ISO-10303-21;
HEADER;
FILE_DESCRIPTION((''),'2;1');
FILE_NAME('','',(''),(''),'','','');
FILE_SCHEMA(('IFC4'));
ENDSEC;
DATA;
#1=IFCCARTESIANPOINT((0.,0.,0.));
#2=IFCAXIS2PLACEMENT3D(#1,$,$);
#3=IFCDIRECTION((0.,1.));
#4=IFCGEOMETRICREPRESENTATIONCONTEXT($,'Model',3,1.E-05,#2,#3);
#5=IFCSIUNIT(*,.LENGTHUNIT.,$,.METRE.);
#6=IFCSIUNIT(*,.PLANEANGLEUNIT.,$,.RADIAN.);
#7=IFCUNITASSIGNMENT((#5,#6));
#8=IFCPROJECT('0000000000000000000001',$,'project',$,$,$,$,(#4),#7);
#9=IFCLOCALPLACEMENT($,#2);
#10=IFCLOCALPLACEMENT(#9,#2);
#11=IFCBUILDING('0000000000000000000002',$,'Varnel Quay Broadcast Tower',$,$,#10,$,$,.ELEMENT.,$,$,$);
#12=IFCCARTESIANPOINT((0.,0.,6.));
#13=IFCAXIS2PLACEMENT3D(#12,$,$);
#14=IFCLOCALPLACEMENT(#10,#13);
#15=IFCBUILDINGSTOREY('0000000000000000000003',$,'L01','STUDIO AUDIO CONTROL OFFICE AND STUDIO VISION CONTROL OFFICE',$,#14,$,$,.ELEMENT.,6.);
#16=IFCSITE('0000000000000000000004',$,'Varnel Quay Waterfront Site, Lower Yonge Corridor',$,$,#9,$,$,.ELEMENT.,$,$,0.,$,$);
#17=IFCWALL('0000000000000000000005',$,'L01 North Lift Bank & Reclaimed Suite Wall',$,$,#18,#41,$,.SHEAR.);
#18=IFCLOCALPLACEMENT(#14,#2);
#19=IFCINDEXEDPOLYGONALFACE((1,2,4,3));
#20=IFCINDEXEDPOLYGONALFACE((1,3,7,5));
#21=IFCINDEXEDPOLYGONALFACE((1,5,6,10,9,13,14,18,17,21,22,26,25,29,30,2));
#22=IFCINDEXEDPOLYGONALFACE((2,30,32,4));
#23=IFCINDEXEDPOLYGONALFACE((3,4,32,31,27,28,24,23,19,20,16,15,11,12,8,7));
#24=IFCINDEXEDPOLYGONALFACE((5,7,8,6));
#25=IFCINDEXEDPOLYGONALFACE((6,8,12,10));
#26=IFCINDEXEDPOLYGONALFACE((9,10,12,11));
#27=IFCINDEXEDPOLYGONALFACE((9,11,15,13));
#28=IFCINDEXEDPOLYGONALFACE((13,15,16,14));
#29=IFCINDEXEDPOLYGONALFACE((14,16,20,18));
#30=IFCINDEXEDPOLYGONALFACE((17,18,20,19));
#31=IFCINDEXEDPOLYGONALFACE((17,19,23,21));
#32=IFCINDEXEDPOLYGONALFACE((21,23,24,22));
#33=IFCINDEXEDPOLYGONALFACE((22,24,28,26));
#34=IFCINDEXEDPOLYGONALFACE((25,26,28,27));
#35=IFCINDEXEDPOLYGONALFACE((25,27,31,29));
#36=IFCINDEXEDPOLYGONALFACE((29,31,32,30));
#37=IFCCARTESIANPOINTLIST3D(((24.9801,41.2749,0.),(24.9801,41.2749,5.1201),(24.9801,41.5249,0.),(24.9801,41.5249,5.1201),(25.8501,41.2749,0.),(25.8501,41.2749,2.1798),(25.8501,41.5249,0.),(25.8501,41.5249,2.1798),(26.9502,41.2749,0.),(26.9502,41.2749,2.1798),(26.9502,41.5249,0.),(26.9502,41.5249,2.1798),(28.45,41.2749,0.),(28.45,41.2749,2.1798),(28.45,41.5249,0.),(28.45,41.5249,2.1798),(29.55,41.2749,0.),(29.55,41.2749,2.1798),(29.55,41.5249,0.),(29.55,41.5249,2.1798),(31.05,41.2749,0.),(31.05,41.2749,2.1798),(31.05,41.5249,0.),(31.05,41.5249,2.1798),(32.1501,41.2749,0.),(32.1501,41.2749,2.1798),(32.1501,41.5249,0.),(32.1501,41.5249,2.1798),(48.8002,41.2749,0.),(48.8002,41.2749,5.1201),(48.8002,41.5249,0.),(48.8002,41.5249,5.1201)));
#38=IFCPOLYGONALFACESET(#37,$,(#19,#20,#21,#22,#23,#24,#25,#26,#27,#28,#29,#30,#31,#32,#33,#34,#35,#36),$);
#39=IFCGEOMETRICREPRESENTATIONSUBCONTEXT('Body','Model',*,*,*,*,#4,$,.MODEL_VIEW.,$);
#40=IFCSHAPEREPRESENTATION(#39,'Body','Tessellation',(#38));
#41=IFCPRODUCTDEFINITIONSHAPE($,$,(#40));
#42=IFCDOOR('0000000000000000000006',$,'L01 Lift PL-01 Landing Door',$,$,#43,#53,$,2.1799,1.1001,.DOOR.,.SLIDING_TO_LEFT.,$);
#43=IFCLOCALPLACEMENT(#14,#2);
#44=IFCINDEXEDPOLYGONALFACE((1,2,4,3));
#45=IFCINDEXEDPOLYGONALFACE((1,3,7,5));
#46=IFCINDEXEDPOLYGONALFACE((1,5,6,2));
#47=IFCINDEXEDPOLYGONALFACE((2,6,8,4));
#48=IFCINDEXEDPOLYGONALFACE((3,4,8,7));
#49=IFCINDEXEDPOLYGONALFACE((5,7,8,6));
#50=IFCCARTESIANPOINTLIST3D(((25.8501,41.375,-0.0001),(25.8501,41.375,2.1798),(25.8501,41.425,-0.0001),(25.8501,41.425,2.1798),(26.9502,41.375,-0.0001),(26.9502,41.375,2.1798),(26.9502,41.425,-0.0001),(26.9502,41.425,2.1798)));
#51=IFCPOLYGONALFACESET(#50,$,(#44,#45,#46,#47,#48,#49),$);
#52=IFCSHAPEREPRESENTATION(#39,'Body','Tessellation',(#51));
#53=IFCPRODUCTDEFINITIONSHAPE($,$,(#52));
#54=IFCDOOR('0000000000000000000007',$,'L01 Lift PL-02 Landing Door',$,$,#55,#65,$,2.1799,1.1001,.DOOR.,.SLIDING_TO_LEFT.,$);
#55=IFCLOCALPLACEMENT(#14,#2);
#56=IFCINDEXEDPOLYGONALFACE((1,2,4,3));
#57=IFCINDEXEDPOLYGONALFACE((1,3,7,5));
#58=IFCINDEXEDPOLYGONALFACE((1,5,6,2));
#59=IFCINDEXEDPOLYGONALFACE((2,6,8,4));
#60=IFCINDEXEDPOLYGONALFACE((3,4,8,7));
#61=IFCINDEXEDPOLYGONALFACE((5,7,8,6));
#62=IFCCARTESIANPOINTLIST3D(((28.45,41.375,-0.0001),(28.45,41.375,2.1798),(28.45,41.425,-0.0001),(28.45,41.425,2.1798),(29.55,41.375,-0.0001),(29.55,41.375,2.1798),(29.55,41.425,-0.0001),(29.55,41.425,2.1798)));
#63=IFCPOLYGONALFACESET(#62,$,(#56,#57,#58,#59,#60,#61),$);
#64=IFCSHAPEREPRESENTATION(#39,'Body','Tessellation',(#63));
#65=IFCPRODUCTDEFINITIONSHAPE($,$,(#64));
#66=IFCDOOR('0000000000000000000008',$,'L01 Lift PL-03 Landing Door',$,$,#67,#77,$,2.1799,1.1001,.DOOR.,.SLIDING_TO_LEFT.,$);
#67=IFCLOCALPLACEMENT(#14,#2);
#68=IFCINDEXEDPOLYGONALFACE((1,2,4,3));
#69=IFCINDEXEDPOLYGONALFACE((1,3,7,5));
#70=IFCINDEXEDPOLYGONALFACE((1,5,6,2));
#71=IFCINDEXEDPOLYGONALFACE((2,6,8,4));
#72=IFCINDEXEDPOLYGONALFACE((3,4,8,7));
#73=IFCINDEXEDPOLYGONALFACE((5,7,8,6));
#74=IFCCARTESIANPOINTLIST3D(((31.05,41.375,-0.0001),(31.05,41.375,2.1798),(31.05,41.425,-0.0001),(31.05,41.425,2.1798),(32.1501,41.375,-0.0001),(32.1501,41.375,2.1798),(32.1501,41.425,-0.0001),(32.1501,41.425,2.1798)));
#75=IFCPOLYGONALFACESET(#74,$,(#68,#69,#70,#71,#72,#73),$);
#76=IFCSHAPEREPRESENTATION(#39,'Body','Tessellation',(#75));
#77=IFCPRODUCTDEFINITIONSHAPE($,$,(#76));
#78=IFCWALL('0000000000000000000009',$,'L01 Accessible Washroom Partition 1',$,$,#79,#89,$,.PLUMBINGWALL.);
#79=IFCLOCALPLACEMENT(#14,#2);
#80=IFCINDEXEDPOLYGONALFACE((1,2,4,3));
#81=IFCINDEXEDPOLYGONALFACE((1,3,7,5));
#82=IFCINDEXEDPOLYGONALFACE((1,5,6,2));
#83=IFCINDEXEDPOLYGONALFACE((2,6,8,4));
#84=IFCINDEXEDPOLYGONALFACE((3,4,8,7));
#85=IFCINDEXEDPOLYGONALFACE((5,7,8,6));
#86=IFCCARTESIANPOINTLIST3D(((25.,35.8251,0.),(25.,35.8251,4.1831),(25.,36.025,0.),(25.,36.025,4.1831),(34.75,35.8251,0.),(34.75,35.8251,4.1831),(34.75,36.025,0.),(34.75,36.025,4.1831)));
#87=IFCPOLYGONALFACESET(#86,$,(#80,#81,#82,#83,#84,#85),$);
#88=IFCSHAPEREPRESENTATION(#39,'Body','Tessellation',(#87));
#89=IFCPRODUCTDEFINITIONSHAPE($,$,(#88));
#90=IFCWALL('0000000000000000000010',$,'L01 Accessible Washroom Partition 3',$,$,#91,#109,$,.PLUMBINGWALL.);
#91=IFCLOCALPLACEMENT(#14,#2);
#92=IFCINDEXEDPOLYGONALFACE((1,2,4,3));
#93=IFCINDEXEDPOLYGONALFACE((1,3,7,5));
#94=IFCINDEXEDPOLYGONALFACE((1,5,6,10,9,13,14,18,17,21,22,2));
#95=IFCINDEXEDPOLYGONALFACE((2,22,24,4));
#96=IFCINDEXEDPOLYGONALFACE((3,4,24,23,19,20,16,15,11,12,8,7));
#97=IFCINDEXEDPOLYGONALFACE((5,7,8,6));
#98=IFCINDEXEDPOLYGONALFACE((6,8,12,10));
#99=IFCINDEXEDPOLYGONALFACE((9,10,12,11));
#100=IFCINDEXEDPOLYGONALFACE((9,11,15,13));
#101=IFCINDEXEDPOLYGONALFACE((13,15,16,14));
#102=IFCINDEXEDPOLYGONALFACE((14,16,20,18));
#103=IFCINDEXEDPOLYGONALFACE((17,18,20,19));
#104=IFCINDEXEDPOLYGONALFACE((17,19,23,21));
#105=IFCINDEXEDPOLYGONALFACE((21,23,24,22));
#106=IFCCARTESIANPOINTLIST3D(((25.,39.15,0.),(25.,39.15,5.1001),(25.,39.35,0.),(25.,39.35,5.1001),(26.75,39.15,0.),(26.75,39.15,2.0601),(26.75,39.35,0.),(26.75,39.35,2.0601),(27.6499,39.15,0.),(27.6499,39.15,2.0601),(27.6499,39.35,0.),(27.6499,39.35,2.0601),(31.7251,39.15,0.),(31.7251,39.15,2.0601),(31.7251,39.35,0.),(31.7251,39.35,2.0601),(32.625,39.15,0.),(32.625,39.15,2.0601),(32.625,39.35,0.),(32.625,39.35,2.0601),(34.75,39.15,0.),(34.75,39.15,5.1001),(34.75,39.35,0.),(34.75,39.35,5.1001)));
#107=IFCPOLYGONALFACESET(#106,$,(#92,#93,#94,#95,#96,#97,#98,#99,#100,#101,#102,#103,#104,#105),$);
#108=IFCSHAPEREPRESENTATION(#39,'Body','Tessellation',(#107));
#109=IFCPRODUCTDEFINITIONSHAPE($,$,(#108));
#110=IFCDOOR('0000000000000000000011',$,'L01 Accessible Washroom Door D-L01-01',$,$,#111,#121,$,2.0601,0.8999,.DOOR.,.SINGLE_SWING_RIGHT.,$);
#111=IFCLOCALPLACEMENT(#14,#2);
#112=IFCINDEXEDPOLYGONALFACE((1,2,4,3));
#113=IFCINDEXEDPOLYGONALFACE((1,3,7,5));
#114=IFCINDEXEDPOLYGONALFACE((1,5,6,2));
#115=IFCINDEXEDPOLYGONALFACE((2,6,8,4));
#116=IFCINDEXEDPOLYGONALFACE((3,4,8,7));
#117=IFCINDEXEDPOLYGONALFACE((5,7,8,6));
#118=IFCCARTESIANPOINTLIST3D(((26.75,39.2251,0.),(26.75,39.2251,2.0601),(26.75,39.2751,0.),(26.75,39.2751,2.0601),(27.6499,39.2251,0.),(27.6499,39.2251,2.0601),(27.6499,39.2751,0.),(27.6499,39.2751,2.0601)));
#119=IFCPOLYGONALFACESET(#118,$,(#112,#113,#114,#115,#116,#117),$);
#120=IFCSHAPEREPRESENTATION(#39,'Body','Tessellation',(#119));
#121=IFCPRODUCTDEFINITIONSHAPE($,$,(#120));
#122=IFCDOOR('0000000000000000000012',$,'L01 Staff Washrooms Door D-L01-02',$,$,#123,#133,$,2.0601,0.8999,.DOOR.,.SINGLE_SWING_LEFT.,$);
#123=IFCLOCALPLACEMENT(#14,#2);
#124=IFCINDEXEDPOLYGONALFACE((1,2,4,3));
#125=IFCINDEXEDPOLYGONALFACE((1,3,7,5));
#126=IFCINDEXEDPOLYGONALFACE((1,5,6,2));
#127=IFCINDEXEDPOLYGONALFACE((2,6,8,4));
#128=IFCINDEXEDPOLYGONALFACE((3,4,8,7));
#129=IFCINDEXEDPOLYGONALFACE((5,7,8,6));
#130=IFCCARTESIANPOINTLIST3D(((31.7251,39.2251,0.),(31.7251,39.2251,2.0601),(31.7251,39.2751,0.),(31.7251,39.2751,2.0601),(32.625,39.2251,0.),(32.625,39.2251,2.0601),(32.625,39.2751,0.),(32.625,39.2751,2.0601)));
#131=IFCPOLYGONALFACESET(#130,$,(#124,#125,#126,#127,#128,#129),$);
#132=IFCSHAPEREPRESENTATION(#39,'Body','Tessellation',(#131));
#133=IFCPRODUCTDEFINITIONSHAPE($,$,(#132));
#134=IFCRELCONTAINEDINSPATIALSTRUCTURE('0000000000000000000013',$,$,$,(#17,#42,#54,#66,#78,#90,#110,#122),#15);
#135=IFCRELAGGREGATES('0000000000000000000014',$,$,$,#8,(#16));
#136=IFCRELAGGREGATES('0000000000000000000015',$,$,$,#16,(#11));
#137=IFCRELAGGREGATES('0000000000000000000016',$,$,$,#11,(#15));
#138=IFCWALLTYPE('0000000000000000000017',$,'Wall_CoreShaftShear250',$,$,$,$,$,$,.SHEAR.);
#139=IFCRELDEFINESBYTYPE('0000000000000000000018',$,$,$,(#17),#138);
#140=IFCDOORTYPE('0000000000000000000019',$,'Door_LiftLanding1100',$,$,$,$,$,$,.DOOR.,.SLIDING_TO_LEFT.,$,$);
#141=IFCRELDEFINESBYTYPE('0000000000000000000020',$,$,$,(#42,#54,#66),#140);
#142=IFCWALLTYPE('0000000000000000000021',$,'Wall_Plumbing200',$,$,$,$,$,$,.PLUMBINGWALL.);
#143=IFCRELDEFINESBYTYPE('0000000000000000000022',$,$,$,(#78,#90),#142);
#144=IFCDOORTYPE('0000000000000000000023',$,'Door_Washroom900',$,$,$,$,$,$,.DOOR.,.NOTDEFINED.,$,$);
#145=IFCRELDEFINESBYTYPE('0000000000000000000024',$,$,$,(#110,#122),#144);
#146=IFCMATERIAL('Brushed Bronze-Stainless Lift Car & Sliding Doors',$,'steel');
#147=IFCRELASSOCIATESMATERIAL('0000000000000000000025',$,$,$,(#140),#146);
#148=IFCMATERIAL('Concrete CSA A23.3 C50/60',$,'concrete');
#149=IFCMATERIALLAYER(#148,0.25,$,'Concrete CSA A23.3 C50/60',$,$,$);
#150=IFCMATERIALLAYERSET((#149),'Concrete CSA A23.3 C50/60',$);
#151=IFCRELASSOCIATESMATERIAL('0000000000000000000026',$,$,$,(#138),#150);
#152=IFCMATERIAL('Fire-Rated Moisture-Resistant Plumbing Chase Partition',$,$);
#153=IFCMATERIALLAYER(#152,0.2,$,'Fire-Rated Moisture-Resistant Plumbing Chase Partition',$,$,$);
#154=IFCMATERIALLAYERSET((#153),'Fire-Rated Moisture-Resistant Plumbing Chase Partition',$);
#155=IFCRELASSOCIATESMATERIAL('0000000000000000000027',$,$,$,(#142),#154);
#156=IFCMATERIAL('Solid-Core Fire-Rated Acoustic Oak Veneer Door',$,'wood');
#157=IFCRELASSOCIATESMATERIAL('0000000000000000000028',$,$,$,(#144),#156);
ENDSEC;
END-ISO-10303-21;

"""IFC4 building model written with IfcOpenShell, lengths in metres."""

from ifc_helpers import new_model, si_unit, direction, frame, frame_2d, origin, place, context, subcontext, project, spatial, rectangle, extrude, source, transform, mapped, material, layer, layer_set, type_object, type_shapes, element, fill, save


model = new_model("IFC4")

# Units and contexts
model_context = context("Model", 3, precision=1e-05, world=origin(), true_north=direction((0.0, 1.0)))
body_context = subcontext(model_context, "Body", "Model", "MODEL_VIEW")
ifc_project = project(units=[si_unit("LENGTHUNIT", "METRE"), si_unit("PLANEANGLEUNIT", "RADIAN")], contexts=[model_context])

# Site, building, storey
site_placement = place(None, origin())
site = spatial("IfcSite", under=ifc_project, at=site_placement, Name="Varnel Quay Waterfront Site, Lower Yonge Corridor", CompositionType="ELEMENT", RefElevation=0.0)
building_placement = place(site_placement, origin())
building = spatial("IfcBuilding", under=site, at=building_placement, Name="Varnel Quay Broadcast Tower", CompositionType="ELEMENT")
storey_placement = place(building_placement, frame((0.0, 0.0, 6.0)))
storey = spatial("IfcBuildingStorey", under=building, at=storey_placement, Name="L01", Description="STUDIO AUDIO CONTROL OFFICE AND STUDIO VISION CONTROL OFFICE", CompositionType="ELEMENT", Elevation=6.0)

# Shared definitions
ifc_material_1 = material(Name="Concrete CSA A23.3 C50/60", Category="concrete")
ifc_material_2 = material(Name="Brushed Bronze-Stainless Lift Car & Sliding Doors", Category="steel")
door_type_1 = type_object("IfcDoorType", Name="Door_LiftLanding1100", OperationType="SLIDING_TO_LEFT", PredefinedType="DOOR", material=ifc_material_2)
shared_shape_1 = source(origin(), body_context, "Body", "SweptSolid", [
    extrude(rectangle(XDim=1.1001, YDim=2.1799, at=frame_2d((0.55, 1.0898))), frame((0.0, 0.0249, 0.0), z_axis=(0.0, -1.0, 0.0), x_axis=(1.0, 0.0, 0.0)), (0.0, 0.0, 1.0), 0.05),
])
type_shapes(door_type_1, [shared_shape_1])

# Shared definitions
ifc_layer_1 = layer(ifc_material_1, 0.25, Name="Concrete CSA A23.3 C50/60")
ifc_layer_set_1 = layer_set([ifc_layer_1], Name="Concrete CSA A23.3 C50/60")
wall_type_1 = type_object("IfcWallType", Name="Wall_CoreShaftShear250", PredefinedType="SHEAR", material=ifc_layer_set_1)

# Wall, openings, doors
wall_1_placement = place(storey_placement, frame((24.98, 41.3999, 0.0), z_axis=(0.0, 0.0, 1.0), x_axis=(1.0, 0.0, 0.0)))
wall_1 = element("IfcWall", 1, at=wall_1_placement, inside=storey, type_object=wall_type_1, Name="L01 North Lift Bank & Reclaimed Suite Wall", PredefinedType="SHEAR", context=body_context, shape_type="SweptSolid", body=[
    extrude(rectangle(XDim=23.8201, YDim=0.25, at=frame_2d((11.9102, 0.0))), origin(), (0.0, 0.0, 1.0), 5.1201),
])
opening_1_placement = place(wall_1_placement, frame((0.8701, 0.0, 0.0)))
opening_1 = element("IfcOpeningElement", 2, at=opening_1_placement, cuts=wall_1, PredefinedType="OPENING", context=body_context, shape_type="SweptSolid", body=[
    extrude(rectangle(XDim=1.1001, YDim=2.1799, at=frame_2d((0.55, 1.0898))), frame((0.0, 0.135, 0.0), z_axis=(0.0, -1.0, 0.0), x_axis=(1.0, 0.0, 0.0)), (0.0, 0.0, 1.0), 0.27),
])
opening_2_placement = place(wall_1_placement, frame((3.47, 0.0, 0.0)))
opening_2 = element("IfcOpeningElement", 3, at=opening_2_placement, cuts=wall_1, PredefinedType="OPENING", context=body_context, shape_type="SweptSolid", body=[
    extrude(rectangle(XDim=1.1001, YDim=2.1799, at=frame_2d((0.55, 1.0898))), frame((0.0, 0.135, 0.0), z_axis=(0.0, -1.0, 0.0), x_axis=(1.0, 0.0, 0.0)), (0.0, 0.0, 1.0), 0.27),
])
opening_3_placement = place(wall_1_placement, frame((6.0701, 0.0, 0.0)))
opening_3 = element("IfcOpeningElement", 4, at=opening_3_placement, cuts=wall_1, PredefinedType="OPENING", context=body_context, shape_type="SweptSolid", body=[
    extrude(rectangle(XDim=1.1001, YDim=2.1799, at=frame_2d((0.55, 1.0898))), frame((0.0, 0.135, 0.0), z_axis=(0.0, -1.0, 0.0), x_axis=(1.0, 0.0, 0.0)), (0.0, 0.0, 1.0), 0.27),
])
door_1_placement = place(opening_1_placement, frame((1.1001, 0.0, 0.0), z_axis=(0.0, 0.0, 1.0), x_axis=(-1.0, 0.0, 0.0)))
door_1 = element("IfcDoor", 5, at=door_1_placement, inside=storey, type_object=door_type_1, Name="L01 Lift PL-01 Landing Door", OperationType="SLIDING_TO_LEFT", OverallHeight=2.1799, OverallWidth=1.1001, PredefinedType="DOOR", context=body_context, shape_type="MappedRepresentation", body=[
    mapped(shared_shape_1, transform((0.0, 0.0, 0.0), x_axis=(1.0, 0.0, 0.0), y_axis=(0.0, 1.0, 0.0), z_axis=(0.0, 0.0, 1.0), scale=1.0)),
])
fill(opening_1, door_1)
door_2_placement = place(opening_2_placement, frame((1.1001, 0.0, 0.0), z_axis=(0.0, 0.0, 1.0), x_axis=(-1.0, 0.0, 0.0)))
door_2 = element("IfcDoor", 6, at=door_2_placement, inside=storey, type_object=door_type_1, Name="L01 Lift PL-02 Landing Door", OperationType="SLIDING_TO_LEFT", OverallHeight=2.1799, OverallWidth=1.1001, PredefinedType="DOOR", context=body_context, shape_type="MappedRepresentation", body=[
    mapped(shared_shape_1, transform((0.0, 0.0, 0.0), x_axis=(1.0, 0.0, 0.0), y_axis=(0.0, 1.0, 0.0), z_axis=(0.0, 0.0, 1.0), scale=1.0)),
])
fill(opening_2, door_2)
door_3_placement = place(opening_3_placement, frame((1.1001, 0.0, 0.0), z_axis=(0.0, 0.0, 1.0), x_axis=(-1.0, 0.0, 0.0)))
door_3 = element("IfcDoor", 7, at=door_3_placement, inside=storey, type_object=door_type_1, Name="L01 Lift PL-03 Landing Door", OperationType="SLIDING_TO_LEFT", OverallHeight=2.1799, OverallWidth=1.1001, PredefinedType="DOOR", context=body_context, shape_type="MappedRepresentation", body=[
    mapped(shared_shape_1, transform((0.0, 0.0, 0.0), x_axis=(1.0, 0.0, 0.0), y_axis=(0.0, 1.0, 0.0), z_axis=(0.0, 0.0, 1.0), scale=1.0)),
])
fill(opening_3, door_3)

# Wall
ifc_material_3 = material(Name="Fire-Rated Moisture-Resistant Plumbing Chase Partition")
ifc_layer_2 = layer(ifc_material_3, 0.2, Name="Fire-Rated Moisture-Resistant Plumbing Chase Partition")
ifc_layer_set_2 = layer_set([ifc_layer_2], Name="Fire-Rated Moisture-Resistant Plumbing Chase Partition")
wall_type_2 = type_object("IfcWallType", Name="Wall_Plumbing200", PredefinedType="PLUMBINGWALL", material=ifc_layer_set_2)
wall_2_placement = place(storey_placement, frame((25.0, 35.925, 0.0), z_axis=(0.0, 0.0, 1.0), x_axis=(1.0, 0.0, 0.0)))
element("IfcWall", 8, at=wall_2_placement, inside=storey, type_object=wall_type_2, Name="L01 Accessible Washroom Partition 1", PredefinedType="PLUMBINGWALL", context=body_context, shape_type="SweptSolid", body=[
    extrude(rectangle(XDim=9.75, YDim=0.2, at=frame_2d((4.875, 0.0))), origin(), (0.0, 0.0, 1.0), 4.1831),
])

# Wall, openings, doors
wall_3_placement = place(storey_placement, frame((25.0, 39.25, 0.0), z_axis=(0.0, 0.0, 1.0), x_axis=(1.0, 0.0, 0.0)))
wall_3 = element("IfcWall", 9, at=wall_3_placement, inside=storey, type_object=wall_type_2, Name="L01 Accessible Washroom Partition 3", PredefinedType="PLUMBINGWALL", context=body_context, shape_type="SweptSolid", body=[
    extrude(rectangle(XDim=9.75, YDim=0.2, at=frame_2d((4.875, 0.0))), origin(), (0.0, 0.0, 1.0), 5.1001),
])
opening_4_placement = place(wall_3_placement, frame((1.75, 0.0, 0.0)))
opening_4 = element("IfcOpeningElement", 10, at=opening_4_placement, cuts=wall_3, PredefinedType="OPENING", context=body_context, shape_type="SweptSolid", body=[
    extrude(rectangle(XDim=0.8999, YDim=2.0601, at=frame_2d((0.45, 1.03))), frame((0.0, 0.1099, 0.0), z_axis=(0.0, -1.0, 0.0), x_axis=(1.0, 0.0, 0.0)), (0.0, 0.0, 1.0), 0.22),
])
opening_5_placement = place(wall_3_placement, frame((6.7251, 0.0, 0.0)))
opening_5 = element("IfcOpeningElement", 11, at=opening_5_placement, cuts=wall_3, PredefinedType="OPENING", context=body_context, shape_type="SweptSolid", body=[
    extrude(rectangle(XDim=0.8999, YDim=2.0601, at=frame_2d((0.45, 1.03))), frame((0.0, 0.1099, 0.0), z_axis=(0.0, -1.0, 0.0), x_axis=(1.0, 0.0, 0.0)), (0.0, 0.0, 1.0), 0.22),
])
ifc_material_4 = material(Name="Solid-Core Fire-Rated Acoustic Oak Veneer Door", Category="wood")
door_type_2 = type_object("IfcDoorType", Name="Door_Washroom900", OperationType="NOTDEFINED", PredefinedType="DOOR", material=ifc_material_4)
shared_shape_2 = source(origin(), body_context, "Body", "SweptSolid", [
    extrude(rectangle(XDim=0.8999, YDim=2.0601, at=frame_2d((0.45, 1.03))), frame((0.0, 0.0249, 0.0), z_axis=(0.0, -1.0, 0.0), x_axis=(1.0, 0.0, 0.0)), (0.0, 0.0, 1.0), 0.05),
])
type_shapes(door_type_2, [shared_shape_2])
door_4_placement = place(opening_4_placement, frame((0.8999, 0.0, 0.0), z_axis=(0.0, 0.0, 1.0), x_axis=(-1.0, 0.0, 0.0)))
door_4 = element("IfcDoor", 12, at=door_4_placement, inside=storey, type_object=door_type_2, Name="L01 Accessible Washroom Door D-L01-01", OperationType="SINGLE_SWING_RIGHT", OverallHeight=2.0601, OverallWidth=0.8999, PredefinedType="DOOR", context=body_context, shape_type="MappedRepresentation", body=[
    mapped(shared_shape_2, transform((0.0, 0.0, 0.0), x_axis=(1.0, 0.0, 0.0), y_axis=(0.0, 1.0, 0.0), z_axis=(0.0, 0.0, 1.0), scale=1.0)),
])
fill(opening_4, door_4)
door_5_placement = place(opening_5_placement, frame((0.8999, 0.0, 0.0), z_axis=(0.0, 0.0, 1.0), x_axis=(-1.0, 0.0, 0.0)))
door_5 = element("IfcDoor", 13, at=door_5_placement, inside=storey, type_object=door_type_2, Name="L01 Staff Washrooms Door D-L01-02", OperationType="SINGLE_SWING_LEFT", OverallHeight=2.0601, OverallWidth=0.8999, PredefinedType="DOOR", context=body_context, shape_type="MappedRepresentation", body=[
    mapped(shared_shape_2, transform((0.0, 0.0, 0.0), x_axis=(1.0, 0.0, 0.0), y_axis=(0.0, 1.0, 0.0), z_axis=(0.0, 0.0, 1.0), scale=1.0)),
])
fill(opening_5, door_5)

save(model, "model.ifc")
